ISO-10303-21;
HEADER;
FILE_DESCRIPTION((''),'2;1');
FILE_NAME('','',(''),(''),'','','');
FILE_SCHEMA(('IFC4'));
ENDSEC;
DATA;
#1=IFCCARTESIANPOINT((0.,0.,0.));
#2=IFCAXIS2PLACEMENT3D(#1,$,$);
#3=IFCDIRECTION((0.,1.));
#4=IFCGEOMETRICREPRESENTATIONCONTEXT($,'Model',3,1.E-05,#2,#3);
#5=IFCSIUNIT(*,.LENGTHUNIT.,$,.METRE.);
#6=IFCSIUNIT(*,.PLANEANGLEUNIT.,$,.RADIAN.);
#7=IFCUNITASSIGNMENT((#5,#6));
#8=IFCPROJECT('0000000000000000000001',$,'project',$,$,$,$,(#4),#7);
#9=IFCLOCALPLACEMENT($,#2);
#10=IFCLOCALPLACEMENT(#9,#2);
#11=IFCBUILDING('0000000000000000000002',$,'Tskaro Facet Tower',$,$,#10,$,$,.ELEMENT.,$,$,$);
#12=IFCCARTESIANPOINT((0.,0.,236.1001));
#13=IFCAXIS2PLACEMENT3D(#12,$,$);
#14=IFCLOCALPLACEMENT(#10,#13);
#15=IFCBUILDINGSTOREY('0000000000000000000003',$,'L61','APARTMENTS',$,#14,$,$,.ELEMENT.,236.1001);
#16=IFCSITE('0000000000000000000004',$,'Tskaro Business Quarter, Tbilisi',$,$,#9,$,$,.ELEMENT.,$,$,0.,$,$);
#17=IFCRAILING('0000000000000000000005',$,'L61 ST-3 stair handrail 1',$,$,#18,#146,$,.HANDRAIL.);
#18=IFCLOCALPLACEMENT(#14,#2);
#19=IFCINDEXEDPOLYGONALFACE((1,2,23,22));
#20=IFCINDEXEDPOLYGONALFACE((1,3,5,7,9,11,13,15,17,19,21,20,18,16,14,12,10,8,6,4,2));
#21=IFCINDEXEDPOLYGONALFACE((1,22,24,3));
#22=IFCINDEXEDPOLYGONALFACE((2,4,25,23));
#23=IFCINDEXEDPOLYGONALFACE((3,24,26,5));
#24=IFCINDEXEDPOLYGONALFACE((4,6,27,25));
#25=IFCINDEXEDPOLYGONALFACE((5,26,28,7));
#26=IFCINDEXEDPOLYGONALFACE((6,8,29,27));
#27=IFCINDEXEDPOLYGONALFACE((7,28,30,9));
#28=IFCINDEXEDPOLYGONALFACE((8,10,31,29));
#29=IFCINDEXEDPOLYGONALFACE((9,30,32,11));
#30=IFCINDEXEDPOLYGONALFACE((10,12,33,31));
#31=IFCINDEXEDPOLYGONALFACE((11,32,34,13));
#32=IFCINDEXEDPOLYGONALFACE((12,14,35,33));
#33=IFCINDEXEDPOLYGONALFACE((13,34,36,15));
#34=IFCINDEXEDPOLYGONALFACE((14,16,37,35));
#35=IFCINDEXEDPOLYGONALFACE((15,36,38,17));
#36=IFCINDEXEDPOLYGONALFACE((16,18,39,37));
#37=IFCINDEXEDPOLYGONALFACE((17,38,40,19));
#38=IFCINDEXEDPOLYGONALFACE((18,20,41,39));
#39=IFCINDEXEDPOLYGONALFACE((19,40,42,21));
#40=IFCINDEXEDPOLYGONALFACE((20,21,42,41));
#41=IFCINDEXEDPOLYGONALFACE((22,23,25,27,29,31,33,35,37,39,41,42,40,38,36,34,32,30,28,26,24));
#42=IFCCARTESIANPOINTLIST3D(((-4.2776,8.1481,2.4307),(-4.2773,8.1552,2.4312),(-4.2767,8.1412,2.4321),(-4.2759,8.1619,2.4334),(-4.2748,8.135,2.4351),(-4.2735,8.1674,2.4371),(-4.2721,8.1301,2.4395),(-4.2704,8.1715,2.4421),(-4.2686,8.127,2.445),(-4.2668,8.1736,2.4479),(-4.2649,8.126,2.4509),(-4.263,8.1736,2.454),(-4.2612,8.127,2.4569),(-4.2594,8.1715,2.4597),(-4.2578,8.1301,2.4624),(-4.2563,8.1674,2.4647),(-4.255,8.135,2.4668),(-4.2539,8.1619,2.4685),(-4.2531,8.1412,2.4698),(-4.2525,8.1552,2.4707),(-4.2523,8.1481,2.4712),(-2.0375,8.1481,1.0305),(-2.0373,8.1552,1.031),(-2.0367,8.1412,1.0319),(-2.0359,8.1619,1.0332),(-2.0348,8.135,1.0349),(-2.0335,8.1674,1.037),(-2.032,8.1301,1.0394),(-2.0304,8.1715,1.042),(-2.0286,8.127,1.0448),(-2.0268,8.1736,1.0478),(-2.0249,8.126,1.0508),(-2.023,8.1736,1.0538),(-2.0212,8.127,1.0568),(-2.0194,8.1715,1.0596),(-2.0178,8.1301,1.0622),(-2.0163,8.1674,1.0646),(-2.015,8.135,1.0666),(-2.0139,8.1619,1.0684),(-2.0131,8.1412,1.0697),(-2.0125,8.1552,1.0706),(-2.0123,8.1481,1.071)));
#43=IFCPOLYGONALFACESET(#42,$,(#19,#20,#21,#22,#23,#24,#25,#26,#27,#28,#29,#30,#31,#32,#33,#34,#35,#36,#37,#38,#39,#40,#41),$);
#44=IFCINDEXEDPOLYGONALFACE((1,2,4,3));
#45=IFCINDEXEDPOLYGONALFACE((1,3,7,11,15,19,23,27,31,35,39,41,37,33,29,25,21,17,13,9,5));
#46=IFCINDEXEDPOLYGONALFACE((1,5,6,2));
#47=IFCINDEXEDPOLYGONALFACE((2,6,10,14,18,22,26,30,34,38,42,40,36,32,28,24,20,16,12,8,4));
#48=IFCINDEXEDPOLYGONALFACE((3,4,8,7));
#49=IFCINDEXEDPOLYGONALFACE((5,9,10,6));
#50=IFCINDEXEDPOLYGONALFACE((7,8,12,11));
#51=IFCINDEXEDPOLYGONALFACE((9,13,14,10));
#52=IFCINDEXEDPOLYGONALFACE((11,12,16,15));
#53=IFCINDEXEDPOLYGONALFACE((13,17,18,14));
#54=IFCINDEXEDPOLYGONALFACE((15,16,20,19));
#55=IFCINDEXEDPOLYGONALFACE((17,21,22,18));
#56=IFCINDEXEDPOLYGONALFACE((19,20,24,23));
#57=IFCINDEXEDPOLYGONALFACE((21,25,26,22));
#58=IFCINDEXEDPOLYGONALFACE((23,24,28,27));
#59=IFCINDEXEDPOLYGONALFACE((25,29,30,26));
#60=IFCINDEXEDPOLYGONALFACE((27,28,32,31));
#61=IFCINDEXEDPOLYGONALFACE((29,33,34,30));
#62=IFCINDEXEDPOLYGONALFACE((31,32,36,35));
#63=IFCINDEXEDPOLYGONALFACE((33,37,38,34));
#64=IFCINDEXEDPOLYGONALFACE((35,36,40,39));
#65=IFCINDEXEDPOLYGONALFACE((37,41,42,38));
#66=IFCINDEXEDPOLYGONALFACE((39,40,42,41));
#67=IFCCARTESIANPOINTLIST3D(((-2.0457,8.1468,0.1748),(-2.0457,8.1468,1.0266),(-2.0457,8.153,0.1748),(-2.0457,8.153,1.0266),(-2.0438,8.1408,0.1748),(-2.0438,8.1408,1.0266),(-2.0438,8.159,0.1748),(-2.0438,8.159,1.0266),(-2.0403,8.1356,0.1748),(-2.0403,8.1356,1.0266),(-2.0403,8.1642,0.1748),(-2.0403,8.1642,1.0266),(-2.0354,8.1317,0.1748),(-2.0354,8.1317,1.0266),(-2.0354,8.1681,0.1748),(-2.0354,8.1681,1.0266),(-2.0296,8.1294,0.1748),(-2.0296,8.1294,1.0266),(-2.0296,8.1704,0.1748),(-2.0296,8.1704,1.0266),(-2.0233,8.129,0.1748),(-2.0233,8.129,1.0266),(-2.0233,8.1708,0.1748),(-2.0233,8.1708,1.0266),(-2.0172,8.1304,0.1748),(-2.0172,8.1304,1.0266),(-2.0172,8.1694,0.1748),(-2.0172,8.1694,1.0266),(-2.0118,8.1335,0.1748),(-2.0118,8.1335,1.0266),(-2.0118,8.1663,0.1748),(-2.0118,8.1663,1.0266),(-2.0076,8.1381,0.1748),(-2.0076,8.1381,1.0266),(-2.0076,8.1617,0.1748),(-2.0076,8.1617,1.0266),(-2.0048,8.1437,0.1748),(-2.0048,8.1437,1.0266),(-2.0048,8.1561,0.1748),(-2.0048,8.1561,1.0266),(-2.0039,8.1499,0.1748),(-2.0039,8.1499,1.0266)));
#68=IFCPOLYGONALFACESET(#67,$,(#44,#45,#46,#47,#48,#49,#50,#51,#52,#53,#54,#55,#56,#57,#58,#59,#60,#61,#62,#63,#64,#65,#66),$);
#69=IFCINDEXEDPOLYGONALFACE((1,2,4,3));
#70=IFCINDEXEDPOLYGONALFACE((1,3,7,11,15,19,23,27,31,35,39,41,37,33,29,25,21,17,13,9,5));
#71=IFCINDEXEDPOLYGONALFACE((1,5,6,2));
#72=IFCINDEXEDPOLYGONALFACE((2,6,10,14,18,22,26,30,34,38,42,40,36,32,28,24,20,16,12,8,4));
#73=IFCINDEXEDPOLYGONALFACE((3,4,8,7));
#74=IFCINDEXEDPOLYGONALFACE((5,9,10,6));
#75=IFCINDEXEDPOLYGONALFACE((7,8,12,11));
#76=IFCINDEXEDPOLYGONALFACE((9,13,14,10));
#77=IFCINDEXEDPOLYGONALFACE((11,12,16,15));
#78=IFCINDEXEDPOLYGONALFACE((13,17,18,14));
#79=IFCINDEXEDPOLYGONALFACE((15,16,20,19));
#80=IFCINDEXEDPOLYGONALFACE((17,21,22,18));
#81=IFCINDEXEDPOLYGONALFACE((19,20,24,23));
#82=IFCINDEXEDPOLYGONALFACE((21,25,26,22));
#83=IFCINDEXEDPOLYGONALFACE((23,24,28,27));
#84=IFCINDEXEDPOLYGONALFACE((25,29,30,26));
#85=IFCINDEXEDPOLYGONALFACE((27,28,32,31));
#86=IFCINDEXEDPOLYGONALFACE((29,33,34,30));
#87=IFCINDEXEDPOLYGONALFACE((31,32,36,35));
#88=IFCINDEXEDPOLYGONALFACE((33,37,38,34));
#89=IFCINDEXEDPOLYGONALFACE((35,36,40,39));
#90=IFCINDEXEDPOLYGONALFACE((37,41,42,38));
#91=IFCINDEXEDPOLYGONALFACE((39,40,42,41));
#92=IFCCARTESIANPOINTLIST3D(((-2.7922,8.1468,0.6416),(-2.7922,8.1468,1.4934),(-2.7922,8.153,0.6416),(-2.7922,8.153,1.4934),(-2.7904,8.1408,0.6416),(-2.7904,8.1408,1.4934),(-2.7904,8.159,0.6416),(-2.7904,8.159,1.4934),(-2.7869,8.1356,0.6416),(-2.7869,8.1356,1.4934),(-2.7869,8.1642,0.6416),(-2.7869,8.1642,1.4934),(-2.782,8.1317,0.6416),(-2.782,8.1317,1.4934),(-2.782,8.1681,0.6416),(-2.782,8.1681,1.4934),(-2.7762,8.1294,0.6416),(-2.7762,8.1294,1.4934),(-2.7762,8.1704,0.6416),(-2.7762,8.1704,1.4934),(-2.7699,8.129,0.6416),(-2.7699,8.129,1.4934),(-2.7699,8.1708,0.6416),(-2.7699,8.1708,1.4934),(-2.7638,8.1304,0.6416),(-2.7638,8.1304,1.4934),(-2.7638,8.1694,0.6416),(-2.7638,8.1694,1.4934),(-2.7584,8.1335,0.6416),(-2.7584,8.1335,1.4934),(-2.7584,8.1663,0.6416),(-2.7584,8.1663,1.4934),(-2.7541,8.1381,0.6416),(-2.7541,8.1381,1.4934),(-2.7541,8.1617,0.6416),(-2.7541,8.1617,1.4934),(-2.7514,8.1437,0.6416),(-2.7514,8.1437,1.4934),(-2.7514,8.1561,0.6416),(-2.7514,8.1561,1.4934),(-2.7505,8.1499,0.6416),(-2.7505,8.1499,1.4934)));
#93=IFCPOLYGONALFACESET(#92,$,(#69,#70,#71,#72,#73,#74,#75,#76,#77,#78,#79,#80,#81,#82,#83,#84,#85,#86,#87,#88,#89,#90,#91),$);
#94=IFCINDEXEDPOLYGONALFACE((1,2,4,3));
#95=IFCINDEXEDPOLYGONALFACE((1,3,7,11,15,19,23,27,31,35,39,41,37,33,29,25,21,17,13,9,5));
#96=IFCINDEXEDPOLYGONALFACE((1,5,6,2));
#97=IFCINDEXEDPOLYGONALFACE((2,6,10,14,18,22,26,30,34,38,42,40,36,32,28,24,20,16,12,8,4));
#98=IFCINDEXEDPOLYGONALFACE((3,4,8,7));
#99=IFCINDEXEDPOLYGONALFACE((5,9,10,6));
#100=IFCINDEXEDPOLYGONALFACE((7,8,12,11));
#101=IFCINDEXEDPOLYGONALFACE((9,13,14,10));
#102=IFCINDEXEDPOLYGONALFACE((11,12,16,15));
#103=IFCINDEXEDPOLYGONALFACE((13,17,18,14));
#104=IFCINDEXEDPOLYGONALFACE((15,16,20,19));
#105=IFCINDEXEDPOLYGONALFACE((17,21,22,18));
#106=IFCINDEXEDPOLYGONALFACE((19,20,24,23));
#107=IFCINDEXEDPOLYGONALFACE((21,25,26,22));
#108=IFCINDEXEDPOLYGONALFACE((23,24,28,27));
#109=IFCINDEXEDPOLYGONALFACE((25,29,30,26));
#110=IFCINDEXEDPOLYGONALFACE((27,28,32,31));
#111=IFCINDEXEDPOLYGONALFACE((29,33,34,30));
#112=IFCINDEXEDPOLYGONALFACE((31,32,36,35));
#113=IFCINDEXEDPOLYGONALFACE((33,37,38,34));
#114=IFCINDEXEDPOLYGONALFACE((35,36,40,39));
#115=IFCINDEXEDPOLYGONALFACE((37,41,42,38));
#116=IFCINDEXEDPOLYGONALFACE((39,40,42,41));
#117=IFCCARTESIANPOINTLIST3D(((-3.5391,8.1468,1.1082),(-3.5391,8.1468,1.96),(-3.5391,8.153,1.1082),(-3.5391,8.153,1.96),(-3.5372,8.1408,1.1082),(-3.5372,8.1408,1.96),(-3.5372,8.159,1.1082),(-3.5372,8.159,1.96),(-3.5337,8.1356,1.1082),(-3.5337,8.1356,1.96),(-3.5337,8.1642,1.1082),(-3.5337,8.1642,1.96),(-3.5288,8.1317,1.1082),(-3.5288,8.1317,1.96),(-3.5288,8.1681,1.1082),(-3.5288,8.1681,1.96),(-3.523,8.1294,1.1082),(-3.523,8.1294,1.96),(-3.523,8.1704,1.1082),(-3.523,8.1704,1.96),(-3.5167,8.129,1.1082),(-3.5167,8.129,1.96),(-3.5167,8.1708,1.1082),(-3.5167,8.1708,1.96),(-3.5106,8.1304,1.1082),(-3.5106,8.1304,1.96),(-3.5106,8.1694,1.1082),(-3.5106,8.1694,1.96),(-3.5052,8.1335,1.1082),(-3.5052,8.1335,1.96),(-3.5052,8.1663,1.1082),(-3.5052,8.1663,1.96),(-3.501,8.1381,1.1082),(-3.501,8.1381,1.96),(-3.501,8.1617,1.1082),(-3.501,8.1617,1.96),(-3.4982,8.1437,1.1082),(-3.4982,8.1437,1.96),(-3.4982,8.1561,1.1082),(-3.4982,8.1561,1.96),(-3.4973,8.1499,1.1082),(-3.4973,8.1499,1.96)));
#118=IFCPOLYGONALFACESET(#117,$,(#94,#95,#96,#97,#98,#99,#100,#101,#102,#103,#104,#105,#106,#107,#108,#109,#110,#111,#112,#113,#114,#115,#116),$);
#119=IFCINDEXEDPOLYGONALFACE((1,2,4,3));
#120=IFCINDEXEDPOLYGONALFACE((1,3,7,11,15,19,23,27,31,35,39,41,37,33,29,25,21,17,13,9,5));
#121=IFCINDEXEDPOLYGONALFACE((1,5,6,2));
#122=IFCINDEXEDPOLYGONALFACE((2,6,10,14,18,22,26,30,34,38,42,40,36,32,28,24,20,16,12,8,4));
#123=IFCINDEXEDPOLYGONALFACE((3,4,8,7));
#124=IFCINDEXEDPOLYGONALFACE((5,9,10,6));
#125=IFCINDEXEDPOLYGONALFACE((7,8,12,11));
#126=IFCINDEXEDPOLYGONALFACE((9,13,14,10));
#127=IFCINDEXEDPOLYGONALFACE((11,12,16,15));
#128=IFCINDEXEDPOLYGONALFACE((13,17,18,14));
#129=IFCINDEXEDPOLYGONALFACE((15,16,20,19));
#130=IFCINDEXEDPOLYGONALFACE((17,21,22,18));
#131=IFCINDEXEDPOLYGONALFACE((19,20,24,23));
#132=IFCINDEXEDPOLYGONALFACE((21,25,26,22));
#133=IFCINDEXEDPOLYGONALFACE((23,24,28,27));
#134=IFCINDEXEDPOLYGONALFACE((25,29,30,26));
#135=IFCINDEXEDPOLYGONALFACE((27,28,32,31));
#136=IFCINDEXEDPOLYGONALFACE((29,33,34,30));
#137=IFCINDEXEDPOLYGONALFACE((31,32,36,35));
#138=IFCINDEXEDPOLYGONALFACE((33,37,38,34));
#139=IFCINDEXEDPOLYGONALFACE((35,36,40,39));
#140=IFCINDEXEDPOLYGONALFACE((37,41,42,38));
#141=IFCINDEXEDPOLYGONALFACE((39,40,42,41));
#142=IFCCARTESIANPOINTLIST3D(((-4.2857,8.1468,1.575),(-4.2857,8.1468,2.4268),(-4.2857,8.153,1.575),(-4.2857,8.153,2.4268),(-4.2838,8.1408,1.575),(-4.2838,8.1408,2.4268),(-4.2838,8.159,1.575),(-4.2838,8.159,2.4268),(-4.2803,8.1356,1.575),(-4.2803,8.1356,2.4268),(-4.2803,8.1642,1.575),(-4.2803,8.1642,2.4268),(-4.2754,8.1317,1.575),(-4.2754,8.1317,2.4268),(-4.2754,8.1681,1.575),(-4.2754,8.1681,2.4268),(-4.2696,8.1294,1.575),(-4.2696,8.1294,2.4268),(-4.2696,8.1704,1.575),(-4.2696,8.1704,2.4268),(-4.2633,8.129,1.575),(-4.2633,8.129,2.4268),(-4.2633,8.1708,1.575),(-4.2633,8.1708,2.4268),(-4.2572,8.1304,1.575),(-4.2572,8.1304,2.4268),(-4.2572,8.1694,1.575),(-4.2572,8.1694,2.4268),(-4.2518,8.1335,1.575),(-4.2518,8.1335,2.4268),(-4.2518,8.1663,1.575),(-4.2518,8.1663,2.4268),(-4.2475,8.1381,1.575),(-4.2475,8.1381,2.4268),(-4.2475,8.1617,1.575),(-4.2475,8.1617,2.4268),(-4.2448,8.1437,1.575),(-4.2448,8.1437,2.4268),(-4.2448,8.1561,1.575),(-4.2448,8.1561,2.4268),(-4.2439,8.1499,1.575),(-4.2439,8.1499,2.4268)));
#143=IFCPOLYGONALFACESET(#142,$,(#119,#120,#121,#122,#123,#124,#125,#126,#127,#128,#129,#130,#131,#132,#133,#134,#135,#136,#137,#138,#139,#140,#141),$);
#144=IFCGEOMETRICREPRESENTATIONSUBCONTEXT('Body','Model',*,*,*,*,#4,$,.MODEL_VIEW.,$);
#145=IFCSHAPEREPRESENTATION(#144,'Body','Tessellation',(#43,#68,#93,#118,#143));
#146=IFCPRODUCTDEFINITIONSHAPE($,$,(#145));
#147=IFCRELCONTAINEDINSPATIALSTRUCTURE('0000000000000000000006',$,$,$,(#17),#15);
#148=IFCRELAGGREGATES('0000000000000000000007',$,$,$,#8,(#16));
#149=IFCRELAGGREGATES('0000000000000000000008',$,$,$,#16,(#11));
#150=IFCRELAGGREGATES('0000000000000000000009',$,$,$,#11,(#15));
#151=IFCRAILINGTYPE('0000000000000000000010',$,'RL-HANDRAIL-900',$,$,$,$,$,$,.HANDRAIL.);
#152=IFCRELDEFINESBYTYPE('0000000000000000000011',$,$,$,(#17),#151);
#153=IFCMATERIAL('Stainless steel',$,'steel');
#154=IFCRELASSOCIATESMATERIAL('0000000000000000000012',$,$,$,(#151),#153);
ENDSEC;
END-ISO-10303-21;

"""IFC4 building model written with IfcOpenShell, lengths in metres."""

from ifc_helpers import new_model, si_unit, direction, frame, origin, origin_2d, place, context, subcontext, project, spatial, circle, extrude, material, type_object, element, save


model = new_model("IFC4")

# Units and contexts
model_context = context("Model", 3, precision=1e-05, world=origin(), true_north=direction((0.0, 1.0)))
body_context = subcontext(model_context, "Body", "Model", "MODEL_VIEW")
ifc_project = project(units=[si_unit("LENGTHUNIT", "METRE"), si_unit("PLANEANGLEUNIT", "RADIAN")], contexts=[model_context])

# Site, building, storey
site_placement = place(None, origin())
site = spatial("IfcSite", under=ifc_project, at=site_placement, Name="Tskaro Business Quarter, Tbilisi", CompositionType="ELEMENT", RefElevation=0.0)
building_placement = place(site_placement, origin())
building = spatial("IfcBuilding", under=site, at=building_placement, Name="Tskaro Facet Tower", CompositionType="ELEMENT")
storey_placement = place(building_placement, frame((0.0, 0.0, 236.1001)))
storey = spatial("IfcBuildingStorey", under=building, at=storey_placement, Name="L61", Description="APARTMENTS", CompositionType="ELEMENT", Elevation=236.1001)

# Railing
ifc_material_1 = material(Name="Stainless steel", Category="steel")
railing_type_1 = type_object("IfcRailingType", Name="RL-HANDRAIL-900", PredefinedType="HANDRAIL", material=ifc_material_1)
railing_1_placement = place(storey_placement, frame((-2.0249, 8.1499, 0.1748)))
element("IfcRailing", 1, at=railing_1_placement, inside=storey, type_object=railing_type_1, Name="L61 ST-3 stair handrail 1", PredefinedType="HANDRAIL", context=body_context, shape_type="SweptSolid", body=[
    extrude(circle(Radius=0.0239, at=origin_2d()), frame((0.0, 0.0, 0.876), z_axis=(-0.847972, 0.0, 0.53004), x_axis=(0.0, -1.0, 0.0)), (0.0, 0.0, 1.0), 2.6416),
    extrude(circle(Radius=0.021, at=origin_2d()), origin(), (0.0, 0.0, 1.0), 0.8518),
    extrude(circle(Radius=0.021, at=origin_2d()), frame((-0.7466, 0.0, 0.4668)), (0.0, 0.0, 1.0), 0.8518),
    extrude(circle(Radius=0.021, at=origin_2d()), frame((-1.4934, 0.0, 0.9333)), (0.0, 0.0, 1.0), 0.8518),
    extrude(circle(Radius=0.021, at=origin_2d()), frame((-2.24, 0.0, 1.4001)), (0.0, 0.0, 1.0), 0.8518),
])

save(model, "model.ifc")
